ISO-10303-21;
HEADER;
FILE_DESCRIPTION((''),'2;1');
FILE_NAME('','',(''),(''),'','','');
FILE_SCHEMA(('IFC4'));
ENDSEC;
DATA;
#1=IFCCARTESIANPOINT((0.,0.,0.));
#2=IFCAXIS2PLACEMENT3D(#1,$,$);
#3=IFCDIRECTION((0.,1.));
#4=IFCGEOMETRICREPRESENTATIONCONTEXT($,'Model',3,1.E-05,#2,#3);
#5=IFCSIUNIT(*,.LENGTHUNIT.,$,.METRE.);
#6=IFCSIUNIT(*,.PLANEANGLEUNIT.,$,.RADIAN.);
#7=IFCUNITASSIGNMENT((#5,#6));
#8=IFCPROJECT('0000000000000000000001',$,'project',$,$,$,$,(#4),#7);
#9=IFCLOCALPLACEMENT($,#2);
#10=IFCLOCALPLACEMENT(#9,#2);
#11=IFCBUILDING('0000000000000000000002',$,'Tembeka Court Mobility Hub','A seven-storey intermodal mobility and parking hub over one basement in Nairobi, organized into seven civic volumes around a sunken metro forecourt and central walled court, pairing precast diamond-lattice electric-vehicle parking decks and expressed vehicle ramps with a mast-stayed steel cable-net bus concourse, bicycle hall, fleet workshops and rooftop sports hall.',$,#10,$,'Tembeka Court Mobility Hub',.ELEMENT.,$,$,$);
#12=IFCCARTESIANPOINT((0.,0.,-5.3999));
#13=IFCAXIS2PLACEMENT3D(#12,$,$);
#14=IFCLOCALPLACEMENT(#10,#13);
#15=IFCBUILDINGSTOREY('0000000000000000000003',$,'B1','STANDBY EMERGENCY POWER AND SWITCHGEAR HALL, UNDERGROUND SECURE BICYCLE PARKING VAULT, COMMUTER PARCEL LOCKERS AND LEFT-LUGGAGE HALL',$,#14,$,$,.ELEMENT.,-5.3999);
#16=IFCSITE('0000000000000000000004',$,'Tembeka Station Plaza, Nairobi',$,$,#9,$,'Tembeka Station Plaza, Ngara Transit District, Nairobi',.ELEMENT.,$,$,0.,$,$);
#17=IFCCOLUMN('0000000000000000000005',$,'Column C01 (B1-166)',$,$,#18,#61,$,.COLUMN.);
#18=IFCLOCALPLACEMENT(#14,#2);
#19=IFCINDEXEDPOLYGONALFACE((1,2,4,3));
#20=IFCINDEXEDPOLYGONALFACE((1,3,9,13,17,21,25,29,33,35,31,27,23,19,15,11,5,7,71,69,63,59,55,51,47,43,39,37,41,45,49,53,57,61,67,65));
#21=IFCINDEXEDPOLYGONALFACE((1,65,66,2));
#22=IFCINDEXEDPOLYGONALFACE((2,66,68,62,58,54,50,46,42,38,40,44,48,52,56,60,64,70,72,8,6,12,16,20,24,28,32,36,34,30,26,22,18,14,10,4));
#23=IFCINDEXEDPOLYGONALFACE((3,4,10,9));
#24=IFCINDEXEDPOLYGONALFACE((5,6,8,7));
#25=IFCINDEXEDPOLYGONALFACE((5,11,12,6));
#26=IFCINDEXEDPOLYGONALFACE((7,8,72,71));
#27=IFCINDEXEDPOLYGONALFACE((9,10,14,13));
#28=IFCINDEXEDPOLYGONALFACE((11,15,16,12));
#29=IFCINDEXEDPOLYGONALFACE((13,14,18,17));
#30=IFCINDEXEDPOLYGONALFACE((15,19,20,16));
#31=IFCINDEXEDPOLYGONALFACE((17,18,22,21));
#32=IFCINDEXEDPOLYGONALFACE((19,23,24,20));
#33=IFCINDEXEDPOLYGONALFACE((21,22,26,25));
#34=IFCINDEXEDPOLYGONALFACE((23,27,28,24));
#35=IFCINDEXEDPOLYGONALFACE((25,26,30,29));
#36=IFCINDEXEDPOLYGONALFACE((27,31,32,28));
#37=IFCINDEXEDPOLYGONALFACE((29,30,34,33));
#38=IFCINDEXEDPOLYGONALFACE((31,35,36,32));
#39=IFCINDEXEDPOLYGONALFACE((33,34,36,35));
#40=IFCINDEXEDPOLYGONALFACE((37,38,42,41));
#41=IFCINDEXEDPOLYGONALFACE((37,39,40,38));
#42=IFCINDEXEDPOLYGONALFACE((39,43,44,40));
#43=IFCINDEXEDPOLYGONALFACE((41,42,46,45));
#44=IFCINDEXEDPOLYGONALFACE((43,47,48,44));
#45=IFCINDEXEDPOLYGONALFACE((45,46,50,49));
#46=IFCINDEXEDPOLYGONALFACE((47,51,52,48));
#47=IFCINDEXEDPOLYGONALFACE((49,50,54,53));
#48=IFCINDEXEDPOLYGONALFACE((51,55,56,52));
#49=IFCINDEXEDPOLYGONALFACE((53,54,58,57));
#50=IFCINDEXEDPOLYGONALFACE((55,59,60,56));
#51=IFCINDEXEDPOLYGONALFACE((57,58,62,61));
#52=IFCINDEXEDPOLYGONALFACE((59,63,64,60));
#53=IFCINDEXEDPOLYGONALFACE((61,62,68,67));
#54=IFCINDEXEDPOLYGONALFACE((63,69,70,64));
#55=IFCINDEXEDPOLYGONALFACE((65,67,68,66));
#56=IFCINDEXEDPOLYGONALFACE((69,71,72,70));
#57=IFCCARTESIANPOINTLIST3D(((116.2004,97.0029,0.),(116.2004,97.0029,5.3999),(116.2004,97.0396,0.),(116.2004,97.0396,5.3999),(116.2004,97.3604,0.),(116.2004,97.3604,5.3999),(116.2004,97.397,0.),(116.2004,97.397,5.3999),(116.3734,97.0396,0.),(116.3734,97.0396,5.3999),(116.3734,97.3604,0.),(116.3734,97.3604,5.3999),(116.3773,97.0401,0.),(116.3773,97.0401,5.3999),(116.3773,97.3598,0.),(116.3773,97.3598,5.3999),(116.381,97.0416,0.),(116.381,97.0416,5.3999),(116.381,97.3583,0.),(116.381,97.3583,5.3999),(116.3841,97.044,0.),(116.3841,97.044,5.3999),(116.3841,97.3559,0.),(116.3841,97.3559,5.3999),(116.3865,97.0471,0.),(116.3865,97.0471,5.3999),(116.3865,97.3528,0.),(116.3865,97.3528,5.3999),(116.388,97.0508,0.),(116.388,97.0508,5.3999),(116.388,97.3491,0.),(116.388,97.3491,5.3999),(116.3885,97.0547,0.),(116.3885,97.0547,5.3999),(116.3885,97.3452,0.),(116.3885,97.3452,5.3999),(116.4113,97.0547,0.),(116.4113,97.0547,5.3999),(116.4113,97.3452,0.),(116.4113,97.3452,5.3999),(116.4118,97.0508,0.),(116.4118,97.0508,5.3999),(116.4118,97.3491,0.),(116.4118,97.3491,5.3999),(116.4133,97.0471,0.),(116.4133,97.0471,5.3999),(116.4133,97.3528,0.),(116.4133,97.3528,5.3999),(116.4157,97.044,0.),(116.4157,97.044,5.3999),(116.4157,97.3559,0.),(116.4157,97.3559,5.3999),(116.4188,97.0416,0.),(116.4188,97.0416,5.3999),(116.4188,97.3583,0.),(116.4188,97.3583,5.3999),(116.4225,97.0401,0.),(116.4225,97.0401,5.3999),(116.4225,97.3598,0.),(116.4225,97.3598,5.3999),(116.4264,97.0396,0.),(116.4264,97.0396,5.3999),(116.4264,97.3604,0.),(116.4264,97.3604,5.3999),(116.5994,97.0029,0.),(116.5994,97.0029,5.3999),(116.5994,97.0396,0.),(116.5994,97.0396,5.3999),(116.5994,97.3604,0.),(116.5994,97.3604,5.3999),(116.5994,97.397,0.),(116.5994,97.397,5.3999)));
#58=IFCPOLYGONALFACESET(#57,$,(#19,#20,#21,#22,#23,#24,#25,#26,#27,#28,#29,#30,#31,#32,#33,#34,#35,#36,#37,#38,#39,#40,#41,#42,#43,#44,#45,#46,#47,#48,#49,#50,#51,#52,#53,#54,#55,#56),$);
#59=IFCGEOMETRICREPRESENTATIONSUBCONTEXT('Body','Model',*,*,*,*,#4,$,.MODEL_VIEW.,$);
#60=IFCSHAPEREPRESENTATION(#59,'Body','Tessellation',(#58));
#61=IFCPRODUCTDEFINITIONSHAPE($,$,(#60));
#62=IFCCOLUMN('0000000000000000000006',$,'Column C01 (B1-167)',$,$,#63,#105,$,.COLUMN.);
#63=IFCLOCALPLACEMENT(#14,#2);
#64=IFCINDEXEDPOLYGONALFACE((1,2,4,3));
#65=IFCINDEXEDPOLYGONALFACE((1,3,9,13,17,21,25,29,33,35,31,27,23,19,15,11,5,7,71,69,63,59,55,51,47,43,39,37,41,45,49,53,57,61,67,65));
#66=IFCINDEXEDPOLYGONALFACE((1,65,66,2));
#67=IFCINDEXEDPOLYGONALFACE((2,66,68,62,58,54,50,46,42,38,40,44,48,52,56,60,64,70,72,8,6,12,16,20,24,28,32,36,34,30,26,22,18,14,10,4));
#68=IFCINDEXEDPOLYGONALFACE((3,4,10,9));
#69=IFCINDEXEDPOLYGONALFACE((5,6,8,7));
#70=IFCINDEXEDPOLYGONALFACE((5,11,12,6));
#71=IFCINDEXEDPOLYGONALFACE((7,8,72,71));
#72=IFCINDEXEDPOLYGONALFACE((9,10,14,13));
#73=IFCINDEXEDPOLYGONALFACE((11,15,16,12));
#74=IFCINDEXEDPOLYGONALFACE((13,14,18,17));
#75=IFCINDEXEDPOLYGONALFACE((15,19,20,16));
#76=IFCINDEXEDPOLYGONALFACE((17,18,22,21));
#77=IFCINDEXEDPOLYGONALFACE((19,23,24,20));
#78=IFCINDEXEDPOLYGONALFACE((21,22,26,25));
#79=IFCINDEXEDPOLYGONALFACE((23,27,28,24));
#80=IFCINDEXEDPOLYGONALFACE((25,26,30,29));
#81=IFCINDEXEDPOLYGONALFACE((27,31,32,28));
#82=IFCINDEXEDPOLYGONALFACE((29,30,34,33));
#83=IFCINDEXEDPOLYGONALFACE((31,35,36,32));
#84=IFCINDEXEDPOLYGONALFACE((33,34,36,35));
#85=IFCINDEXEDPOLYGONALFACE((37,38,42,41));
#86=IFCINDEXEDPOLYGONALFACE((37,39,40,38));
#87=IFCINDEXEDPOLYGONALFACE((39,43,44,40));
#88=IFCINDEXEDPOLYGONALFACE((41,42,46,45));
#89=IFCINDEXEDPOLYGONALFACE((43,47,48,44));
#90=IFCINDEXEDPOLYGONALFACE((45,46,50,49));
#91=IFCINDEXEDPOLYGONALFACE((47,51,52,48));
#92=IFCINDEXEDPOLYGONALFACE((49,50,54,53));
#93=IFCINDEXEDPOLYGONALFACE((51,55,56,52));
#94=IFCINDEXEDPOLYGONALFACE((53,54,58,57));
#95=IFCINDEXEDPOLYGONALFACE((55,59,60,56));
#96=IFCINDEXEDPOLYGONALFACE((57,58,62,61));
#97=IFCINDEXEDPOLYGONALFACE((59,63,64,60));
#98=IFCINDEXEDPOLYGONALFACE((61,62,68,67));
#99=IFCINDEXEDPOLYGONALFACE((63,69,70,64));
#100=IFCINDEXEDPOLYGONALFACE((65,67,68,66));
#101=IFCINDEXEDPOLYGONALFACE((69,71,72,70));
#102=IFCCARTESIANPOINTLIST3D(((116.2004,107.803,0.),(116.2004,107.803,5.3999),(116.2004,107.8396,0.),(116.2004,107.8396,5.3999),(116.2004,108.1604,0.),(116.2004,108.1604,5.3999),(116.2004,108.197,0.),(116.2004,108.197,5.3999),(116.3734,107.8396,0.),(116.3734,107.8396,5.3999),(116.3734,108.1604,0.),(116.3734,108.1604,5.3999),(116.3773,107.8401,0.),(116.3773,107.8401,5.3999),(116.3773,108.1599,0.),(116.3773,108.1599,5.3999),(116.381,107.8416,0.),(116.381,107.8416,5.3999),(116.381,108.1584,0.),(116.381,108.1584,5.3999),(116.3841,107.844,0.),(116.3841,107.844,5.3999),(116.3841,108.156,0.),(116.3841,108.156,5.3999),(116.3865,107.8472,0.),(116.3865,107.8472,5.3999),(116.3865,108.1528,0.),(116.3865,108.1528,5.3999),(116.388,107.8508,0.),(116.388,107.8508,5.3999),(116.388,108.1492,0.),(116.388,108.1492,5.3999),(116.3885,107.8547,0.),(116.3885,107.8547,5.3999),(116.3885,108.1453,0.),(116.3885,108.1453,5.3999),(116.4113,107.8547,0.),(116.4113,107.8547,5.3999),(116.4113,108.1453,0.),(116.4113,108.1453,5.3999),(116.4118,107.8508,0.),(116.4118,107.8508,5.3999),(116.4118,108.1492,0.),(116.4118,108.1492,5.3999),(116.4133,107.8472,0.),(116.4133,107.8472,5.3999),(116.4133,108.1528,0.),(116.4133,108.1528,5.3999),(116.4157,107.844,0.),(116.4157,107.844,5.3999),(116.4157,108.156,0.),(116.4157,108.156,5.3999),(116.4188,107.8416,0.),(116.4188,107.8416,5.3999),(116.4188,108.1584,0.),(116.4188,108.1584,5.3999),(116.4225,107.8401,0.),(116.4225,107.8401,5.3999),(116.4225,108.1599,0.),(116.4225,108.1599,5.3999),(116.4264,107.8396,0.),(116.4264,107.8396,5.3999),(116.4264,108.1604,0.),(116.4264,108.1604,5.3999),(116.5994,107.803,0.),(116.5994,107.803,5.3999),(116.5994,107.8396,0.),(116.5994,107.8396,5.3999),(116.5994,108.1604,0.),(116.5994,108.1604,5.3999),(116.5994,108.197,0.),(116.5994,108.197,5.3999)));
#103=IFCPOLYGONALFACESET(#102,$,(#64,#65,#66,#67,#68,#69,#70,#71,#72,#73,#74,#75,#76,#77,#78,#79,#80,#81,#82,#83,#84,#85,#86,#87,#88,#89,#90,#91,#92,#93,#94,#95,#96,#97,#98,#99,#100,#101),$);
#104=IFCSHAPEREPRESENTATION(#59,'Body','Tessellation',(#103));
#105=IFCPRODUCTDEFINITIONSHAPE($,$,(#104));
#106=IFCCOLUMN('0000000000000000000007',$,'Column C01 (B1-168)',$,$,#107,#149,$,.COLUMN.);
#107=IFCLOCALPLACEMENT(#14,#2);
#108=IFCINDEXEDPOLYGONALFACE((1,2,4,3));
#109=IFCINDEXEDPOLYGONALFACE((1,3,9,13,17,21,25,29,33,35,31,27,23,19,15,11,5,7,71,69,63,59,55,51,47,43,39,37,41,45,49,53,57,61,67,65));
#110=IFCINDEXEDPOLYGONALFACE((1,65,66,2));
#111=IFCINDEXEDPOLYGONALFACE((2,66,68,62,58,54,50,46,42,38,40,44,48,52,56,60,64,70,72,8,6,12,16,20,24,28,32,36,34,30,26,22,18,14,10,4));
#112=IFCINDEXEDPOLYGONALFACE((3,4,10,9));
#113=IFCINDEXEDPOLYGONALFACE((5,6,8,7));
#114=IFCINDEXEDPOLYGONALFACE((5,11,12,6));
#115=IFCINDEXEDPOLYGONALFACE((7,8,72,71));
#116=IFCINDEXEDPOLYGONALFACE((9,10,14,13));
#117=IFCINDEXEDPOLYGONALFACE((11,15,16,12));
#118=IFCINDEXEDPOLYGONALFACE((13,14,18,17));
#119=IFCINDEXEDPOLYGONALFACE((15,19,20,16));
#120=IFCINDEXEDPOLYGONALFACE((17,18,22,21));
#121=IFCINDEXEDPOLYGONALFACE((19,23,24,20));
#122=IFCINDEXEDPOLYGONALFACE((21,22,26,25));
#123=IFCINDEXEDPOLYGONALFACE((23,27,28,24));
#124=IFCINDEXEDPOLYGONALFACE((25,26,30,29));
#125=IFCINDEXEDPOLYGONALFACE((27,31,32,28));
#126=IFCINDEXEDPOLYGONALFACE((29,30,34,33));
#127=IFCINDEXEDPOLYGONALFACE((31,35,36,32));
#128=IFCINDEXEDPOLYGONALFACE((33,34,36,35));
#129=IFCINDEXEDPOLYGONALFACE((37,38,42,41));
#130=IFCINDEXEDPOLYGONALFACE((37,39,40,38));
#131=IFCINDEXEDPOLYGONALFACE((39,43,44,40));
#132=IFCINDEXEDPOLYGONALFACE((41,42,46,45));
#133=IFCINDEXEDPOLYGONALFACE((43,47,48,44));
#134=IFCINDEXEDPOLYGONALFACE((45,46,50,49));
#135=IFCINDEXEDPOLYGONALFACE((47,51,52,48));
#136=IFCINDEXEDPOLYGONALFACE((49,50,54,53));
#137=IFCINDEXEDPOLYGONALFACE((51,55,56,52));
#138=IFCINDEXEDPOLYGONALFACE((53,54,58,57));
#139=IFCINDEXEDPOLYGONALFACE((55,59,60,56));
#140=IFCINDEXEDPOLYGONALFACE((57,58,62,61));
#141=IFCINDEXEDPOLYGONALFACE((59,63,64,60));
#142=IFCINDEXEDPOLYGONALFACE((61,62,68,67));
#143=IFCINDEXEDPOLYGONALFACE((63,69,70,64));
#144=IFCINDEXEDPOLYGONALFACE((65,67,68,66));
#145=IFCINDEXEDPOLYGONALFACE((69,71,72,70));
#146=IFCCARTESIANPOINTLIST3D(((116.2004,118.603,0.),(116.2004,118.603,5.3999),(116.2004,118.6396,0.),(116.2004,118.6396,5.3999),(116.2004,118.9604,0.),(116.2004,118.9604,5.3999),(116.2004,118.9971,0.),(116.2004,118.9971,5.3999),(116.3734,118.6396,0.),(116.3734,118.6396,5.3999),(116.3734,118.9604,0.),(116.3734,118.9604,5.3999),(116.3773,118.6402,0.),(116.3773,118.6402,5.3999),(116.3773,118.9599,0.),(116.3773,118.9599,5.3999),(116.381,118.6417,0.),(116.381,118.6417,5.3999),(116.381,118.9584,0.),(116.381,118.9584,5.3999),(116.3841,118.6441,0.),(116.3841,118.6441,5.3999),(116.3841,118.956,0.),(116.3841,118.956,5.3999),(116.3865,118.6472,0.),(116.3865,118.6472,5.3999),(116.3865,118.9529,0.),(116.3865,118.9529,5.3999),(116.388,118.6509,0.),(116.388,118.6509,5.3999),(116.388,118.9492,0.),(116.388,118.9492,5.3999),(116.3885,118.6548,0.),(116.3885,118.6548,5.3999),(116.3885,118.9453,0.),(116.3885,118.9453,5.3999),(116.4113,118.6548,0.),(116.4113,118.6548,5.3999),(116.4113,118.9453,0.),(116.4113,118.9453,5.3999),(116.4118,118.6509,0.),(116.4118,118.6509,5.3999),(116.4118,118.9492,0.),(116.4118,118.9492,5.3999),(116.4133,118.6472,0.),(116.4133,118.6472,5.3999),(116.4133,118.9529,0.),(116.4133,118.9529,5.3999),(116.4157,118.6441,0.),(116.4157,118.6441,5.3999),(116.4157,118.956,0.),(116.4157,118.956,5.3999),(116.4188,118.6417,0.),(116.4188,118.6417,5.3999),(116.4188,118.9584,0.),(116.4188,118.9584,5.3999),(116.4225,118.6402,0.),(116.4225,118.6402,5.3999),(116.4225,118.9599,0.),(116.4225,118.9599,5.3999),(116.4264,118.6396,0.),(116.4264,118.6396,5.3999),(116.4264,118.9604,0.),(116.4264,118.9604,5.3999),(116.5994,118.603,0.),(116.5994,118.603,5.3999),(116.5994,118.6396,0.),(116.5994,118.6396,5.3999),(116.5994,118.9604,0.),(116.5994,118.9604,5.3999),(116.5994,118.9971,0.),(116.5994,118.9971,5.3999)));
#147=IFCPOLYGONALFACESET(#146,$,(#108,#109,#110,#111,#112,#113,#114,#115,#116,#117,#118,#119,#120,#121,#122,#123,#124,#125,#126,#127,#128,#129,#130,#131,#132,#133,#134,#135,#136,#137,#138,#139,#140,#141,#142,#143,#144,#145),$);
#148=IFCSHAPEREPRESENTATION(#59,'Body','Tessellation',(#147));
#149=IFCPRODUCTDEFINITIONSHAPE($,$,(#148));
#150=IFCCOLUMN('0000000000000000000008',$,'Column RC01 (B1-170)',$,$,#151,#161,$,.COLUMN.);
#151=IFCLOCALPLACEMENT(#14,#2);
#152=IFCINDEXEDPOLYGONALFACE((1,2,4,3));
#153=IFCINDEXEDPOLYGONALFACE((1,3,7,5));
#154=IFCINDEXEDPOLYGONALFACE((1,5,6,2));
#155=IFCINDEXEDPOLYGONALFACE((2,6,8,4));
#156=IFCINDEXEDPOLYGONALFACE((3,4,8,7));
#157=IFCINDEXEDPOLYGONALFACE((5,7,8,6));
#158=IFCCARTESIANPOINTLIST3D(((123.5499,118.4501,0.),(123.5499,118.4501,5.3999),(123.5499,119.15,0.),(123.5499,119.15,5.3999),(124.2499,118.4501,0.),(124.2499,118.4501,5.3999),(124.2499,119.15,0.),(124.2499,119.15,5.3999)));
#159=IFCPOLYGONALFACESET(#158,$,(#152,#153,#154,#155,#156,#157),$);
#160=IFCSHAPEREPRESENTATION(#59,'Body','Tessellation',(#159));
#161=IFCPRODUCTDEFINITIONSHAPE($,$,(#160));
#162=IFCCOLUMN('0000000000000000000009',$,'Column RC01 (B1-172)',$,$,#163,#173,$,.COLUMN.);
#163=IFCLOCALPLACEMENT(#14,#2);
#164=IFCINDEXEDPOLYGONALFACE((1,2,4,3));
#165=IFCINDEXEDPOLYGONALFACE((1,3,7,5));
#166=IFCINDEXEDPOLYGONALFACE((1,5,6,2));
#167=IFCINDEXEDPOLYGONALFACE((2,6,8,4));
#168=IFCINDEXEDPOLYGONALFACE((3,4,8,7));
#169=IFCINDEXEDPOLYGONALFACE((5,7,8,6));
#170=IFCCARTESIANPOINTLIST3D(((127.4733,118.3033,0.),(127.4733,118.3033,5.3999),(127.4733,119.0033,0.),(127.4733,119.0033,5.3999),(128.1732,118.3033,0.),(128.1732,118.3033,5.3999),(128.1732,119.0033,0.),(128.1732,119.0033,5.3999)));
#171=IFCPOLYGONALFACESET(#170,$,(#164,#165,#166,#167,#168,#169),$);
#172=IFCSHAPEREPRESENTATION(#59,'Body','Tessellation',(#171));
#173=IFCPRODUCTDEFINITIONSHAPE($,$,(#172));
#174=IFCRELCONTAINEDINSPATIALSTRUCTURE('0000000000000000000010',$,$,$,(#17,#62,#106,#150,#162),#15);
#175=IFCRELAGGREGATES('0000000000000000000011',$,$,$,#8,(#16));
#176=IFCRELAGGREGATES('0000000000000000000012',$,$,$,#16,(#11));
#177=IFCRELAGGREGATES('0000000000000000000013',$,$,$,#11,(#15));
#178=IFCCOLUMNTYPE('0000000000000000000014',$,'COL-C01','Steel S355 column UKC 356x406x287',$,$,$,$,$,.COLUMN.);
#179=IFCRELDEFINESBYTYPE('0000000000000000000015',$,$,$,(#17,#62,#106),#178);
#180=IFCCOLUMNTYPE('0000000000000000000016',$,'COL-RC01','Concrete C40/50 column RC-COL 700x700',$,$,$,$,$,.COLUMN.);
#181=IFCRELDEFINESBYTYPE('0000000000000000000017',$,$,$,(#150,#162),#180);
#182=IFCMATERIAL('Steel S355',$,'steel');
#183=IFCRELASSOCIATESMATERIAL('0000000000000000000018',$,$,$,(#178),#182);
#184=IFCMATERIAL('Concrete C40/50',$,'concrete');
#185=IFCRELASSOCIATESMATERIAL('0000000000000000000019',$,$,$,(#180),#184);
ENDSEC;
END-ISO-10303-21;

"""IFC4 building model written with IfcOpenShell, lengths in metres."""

from ifc_helpers import new_model, si_unit, direction, frame, origin, origin_2d, place, context, subcontext, project, spatial, rectangle, i_section, extrude, material, material_profile, profile_set, type_object, element, save


model = new_model("IFC4")

# Units and contexts
model_context = context("Model", 3, precision=1e-05, world=origin(), true_north=direction((0.0, 1.0)))
body_context = subcontext(model_context, "Body", "Model", "MODEL_VIEW")
ifc_project = project(units=[si_unit("LENGTHUNIT", "METRE"), si_unit("PLANEANGLEUNIT", "RADIAN")], contexts=[model_context])

# Site, building, storey
site_placement = place(None, origin())
site = spatial("IfcSite", under=ifc_project, at=site_placement, Name="Tembeka Station Plaza, Nairobi", LongName="Tembeka Station Plaza, Ngara Transit District, Nairobi", CompositionType="ELEMENT", RefElevation=0.0)
building_placement = place(site_placement, origin())
building = spatial("IfcBuilding", under=site, at=building_placement, Name="Tembeka Court Mobility Hub", Description="A seven-storey intermodal mobility and parking hub over one basement in Nairobi, organized into seven civic volumes around a sunken metro forecourt and central walled court, pairing precast diamond-lattice electric-vehicle parking decks and expressed vehicle ramps with a mast-stayed steel cable-net bus concourse, bicycle hall, fleet workshops and rooftop sports hall.", LongName="Tembeka Court Mobility Hub", CompositionType="ELEMENT")
storey_placement = place(building_placement, frame((0.0, 0.0, -5.3999)))
storey = spatial("IfcBuildingStorey", under=building, at=storey_placement, Name="B1", Description="STANDBY EMERGENCY POWER AND SWITCHGEAR HALL, UNDERGROUND SECURE BICYCLE PARKING VAULT, COMMUTER PARCEL LOCKERS AND LEFT-LUGGAGE HALL", CompositionType="ELEMENT", Elevation=-5.3999)

# Shared definitions
ifc_material_1 = material(Name="Concrete C40/50", Category="concrete")

# Columns
ifc_material_2 = material(Name="Steel S355", Category="steel")
ifc_material_profile_1 = material_profile(ifc_material_2, i_section(OverallWidth=0.3989, OverallDepth=0.394, WebThickness=0.0227, FlangeThickness=0.0366, FilletRadius=0.0151, at=origin_2d()), Name="UKC 356x406x287")
ifc_profile_set_1 = profile_set([ifc_material_profile_1], Name="Steel S355")
column_type_1 = type_object("IfcColumnType", Name="COL-C01", Description="Steel S355 column UKC 356x406x287", PredefinedType="COLUMN", material=ifc_profile_set_1)
for number, where, z_axis, x_axis, name in (
    (1, (116.3999, 97.2, 0.0), (0.0, 0.0, 1.0), (1.0, 0.0, 0.0), "Column C01 (B1-166)"),
    (2, (116.3999, 108.0, 0.0), (0.0, 0.0, 1.0), (1.0, 0.0, 0.0), "Column C01 (B1-167)"),
    (3, (116.3999, 118.8, 0.0), (0.0, 0.0, 1.0), (1.0, 0.0, 0.0), "Column C01 (B1-168)"),
):
    element("IfcColumn", number, at=place(storey_placement, frame(where, z_axis=z_axis, x_axis=x_axis)), inside=storey, type_object=column_type_1, Name=name, PredefinedType="COLUMN", context=body_context, shape_type="SweptSolid", body=[
        extrude(i_section(OverallWidth=0.3989, OverallDepth=0.394, WebThickness=0.0227, FlangeThickness=0.0366, FilletRadius=0.0151, at=origin_2d()), origin(), (0.0, 0.0, 1.0), 5.3999),
    ])
ifc_material_profile_2 = material_profile(ifc_material_1, rectangle(XDim=0.7, YDim=0.7, at=origin_2d()), Name="RC-COL 700x700")
ifc_profile_set_2 = profile_set([ifc_material_profile_2], Name="Concrete C40/50")
column_type_2 = type_object("IfcColumnType", Name="COL-RC01", Description="Concrete C40/50 column RC-COL 700x700", PredefinedType="COLUMN", material=ifc_profile_set_2)
for number, where, z_axis, x_axis, name in (
    (4, (123.8999, 118.8, 0.0), (0.0, 0.0, 1.0), (1.0, 0.0, 0.0), "Column RC01 (B1-170)"),
    (5, (127.8232, 118.6533, 0.0), (0.0, 0.0, 1.0), (1.0, 0.0, 0.0), "Column RC01 (B1-172)"),
):
    element("IfcColumn", number, at=place(storey_placement, frame(where, z_axis=z_axis, x_axis=x_axis)), inside=storey, type_object=column_type_2, Name=name, PredefinedType="COLUMN", context=body_context, shape_type="SweptSolid", body=[
        extrude(rectangle(XDim=0.7, YDim=0.7, at=origin_2d()), origin(), (0.0, 0.0, 1.0), 5.3999),
    ])

save(model, "model.ifc")
